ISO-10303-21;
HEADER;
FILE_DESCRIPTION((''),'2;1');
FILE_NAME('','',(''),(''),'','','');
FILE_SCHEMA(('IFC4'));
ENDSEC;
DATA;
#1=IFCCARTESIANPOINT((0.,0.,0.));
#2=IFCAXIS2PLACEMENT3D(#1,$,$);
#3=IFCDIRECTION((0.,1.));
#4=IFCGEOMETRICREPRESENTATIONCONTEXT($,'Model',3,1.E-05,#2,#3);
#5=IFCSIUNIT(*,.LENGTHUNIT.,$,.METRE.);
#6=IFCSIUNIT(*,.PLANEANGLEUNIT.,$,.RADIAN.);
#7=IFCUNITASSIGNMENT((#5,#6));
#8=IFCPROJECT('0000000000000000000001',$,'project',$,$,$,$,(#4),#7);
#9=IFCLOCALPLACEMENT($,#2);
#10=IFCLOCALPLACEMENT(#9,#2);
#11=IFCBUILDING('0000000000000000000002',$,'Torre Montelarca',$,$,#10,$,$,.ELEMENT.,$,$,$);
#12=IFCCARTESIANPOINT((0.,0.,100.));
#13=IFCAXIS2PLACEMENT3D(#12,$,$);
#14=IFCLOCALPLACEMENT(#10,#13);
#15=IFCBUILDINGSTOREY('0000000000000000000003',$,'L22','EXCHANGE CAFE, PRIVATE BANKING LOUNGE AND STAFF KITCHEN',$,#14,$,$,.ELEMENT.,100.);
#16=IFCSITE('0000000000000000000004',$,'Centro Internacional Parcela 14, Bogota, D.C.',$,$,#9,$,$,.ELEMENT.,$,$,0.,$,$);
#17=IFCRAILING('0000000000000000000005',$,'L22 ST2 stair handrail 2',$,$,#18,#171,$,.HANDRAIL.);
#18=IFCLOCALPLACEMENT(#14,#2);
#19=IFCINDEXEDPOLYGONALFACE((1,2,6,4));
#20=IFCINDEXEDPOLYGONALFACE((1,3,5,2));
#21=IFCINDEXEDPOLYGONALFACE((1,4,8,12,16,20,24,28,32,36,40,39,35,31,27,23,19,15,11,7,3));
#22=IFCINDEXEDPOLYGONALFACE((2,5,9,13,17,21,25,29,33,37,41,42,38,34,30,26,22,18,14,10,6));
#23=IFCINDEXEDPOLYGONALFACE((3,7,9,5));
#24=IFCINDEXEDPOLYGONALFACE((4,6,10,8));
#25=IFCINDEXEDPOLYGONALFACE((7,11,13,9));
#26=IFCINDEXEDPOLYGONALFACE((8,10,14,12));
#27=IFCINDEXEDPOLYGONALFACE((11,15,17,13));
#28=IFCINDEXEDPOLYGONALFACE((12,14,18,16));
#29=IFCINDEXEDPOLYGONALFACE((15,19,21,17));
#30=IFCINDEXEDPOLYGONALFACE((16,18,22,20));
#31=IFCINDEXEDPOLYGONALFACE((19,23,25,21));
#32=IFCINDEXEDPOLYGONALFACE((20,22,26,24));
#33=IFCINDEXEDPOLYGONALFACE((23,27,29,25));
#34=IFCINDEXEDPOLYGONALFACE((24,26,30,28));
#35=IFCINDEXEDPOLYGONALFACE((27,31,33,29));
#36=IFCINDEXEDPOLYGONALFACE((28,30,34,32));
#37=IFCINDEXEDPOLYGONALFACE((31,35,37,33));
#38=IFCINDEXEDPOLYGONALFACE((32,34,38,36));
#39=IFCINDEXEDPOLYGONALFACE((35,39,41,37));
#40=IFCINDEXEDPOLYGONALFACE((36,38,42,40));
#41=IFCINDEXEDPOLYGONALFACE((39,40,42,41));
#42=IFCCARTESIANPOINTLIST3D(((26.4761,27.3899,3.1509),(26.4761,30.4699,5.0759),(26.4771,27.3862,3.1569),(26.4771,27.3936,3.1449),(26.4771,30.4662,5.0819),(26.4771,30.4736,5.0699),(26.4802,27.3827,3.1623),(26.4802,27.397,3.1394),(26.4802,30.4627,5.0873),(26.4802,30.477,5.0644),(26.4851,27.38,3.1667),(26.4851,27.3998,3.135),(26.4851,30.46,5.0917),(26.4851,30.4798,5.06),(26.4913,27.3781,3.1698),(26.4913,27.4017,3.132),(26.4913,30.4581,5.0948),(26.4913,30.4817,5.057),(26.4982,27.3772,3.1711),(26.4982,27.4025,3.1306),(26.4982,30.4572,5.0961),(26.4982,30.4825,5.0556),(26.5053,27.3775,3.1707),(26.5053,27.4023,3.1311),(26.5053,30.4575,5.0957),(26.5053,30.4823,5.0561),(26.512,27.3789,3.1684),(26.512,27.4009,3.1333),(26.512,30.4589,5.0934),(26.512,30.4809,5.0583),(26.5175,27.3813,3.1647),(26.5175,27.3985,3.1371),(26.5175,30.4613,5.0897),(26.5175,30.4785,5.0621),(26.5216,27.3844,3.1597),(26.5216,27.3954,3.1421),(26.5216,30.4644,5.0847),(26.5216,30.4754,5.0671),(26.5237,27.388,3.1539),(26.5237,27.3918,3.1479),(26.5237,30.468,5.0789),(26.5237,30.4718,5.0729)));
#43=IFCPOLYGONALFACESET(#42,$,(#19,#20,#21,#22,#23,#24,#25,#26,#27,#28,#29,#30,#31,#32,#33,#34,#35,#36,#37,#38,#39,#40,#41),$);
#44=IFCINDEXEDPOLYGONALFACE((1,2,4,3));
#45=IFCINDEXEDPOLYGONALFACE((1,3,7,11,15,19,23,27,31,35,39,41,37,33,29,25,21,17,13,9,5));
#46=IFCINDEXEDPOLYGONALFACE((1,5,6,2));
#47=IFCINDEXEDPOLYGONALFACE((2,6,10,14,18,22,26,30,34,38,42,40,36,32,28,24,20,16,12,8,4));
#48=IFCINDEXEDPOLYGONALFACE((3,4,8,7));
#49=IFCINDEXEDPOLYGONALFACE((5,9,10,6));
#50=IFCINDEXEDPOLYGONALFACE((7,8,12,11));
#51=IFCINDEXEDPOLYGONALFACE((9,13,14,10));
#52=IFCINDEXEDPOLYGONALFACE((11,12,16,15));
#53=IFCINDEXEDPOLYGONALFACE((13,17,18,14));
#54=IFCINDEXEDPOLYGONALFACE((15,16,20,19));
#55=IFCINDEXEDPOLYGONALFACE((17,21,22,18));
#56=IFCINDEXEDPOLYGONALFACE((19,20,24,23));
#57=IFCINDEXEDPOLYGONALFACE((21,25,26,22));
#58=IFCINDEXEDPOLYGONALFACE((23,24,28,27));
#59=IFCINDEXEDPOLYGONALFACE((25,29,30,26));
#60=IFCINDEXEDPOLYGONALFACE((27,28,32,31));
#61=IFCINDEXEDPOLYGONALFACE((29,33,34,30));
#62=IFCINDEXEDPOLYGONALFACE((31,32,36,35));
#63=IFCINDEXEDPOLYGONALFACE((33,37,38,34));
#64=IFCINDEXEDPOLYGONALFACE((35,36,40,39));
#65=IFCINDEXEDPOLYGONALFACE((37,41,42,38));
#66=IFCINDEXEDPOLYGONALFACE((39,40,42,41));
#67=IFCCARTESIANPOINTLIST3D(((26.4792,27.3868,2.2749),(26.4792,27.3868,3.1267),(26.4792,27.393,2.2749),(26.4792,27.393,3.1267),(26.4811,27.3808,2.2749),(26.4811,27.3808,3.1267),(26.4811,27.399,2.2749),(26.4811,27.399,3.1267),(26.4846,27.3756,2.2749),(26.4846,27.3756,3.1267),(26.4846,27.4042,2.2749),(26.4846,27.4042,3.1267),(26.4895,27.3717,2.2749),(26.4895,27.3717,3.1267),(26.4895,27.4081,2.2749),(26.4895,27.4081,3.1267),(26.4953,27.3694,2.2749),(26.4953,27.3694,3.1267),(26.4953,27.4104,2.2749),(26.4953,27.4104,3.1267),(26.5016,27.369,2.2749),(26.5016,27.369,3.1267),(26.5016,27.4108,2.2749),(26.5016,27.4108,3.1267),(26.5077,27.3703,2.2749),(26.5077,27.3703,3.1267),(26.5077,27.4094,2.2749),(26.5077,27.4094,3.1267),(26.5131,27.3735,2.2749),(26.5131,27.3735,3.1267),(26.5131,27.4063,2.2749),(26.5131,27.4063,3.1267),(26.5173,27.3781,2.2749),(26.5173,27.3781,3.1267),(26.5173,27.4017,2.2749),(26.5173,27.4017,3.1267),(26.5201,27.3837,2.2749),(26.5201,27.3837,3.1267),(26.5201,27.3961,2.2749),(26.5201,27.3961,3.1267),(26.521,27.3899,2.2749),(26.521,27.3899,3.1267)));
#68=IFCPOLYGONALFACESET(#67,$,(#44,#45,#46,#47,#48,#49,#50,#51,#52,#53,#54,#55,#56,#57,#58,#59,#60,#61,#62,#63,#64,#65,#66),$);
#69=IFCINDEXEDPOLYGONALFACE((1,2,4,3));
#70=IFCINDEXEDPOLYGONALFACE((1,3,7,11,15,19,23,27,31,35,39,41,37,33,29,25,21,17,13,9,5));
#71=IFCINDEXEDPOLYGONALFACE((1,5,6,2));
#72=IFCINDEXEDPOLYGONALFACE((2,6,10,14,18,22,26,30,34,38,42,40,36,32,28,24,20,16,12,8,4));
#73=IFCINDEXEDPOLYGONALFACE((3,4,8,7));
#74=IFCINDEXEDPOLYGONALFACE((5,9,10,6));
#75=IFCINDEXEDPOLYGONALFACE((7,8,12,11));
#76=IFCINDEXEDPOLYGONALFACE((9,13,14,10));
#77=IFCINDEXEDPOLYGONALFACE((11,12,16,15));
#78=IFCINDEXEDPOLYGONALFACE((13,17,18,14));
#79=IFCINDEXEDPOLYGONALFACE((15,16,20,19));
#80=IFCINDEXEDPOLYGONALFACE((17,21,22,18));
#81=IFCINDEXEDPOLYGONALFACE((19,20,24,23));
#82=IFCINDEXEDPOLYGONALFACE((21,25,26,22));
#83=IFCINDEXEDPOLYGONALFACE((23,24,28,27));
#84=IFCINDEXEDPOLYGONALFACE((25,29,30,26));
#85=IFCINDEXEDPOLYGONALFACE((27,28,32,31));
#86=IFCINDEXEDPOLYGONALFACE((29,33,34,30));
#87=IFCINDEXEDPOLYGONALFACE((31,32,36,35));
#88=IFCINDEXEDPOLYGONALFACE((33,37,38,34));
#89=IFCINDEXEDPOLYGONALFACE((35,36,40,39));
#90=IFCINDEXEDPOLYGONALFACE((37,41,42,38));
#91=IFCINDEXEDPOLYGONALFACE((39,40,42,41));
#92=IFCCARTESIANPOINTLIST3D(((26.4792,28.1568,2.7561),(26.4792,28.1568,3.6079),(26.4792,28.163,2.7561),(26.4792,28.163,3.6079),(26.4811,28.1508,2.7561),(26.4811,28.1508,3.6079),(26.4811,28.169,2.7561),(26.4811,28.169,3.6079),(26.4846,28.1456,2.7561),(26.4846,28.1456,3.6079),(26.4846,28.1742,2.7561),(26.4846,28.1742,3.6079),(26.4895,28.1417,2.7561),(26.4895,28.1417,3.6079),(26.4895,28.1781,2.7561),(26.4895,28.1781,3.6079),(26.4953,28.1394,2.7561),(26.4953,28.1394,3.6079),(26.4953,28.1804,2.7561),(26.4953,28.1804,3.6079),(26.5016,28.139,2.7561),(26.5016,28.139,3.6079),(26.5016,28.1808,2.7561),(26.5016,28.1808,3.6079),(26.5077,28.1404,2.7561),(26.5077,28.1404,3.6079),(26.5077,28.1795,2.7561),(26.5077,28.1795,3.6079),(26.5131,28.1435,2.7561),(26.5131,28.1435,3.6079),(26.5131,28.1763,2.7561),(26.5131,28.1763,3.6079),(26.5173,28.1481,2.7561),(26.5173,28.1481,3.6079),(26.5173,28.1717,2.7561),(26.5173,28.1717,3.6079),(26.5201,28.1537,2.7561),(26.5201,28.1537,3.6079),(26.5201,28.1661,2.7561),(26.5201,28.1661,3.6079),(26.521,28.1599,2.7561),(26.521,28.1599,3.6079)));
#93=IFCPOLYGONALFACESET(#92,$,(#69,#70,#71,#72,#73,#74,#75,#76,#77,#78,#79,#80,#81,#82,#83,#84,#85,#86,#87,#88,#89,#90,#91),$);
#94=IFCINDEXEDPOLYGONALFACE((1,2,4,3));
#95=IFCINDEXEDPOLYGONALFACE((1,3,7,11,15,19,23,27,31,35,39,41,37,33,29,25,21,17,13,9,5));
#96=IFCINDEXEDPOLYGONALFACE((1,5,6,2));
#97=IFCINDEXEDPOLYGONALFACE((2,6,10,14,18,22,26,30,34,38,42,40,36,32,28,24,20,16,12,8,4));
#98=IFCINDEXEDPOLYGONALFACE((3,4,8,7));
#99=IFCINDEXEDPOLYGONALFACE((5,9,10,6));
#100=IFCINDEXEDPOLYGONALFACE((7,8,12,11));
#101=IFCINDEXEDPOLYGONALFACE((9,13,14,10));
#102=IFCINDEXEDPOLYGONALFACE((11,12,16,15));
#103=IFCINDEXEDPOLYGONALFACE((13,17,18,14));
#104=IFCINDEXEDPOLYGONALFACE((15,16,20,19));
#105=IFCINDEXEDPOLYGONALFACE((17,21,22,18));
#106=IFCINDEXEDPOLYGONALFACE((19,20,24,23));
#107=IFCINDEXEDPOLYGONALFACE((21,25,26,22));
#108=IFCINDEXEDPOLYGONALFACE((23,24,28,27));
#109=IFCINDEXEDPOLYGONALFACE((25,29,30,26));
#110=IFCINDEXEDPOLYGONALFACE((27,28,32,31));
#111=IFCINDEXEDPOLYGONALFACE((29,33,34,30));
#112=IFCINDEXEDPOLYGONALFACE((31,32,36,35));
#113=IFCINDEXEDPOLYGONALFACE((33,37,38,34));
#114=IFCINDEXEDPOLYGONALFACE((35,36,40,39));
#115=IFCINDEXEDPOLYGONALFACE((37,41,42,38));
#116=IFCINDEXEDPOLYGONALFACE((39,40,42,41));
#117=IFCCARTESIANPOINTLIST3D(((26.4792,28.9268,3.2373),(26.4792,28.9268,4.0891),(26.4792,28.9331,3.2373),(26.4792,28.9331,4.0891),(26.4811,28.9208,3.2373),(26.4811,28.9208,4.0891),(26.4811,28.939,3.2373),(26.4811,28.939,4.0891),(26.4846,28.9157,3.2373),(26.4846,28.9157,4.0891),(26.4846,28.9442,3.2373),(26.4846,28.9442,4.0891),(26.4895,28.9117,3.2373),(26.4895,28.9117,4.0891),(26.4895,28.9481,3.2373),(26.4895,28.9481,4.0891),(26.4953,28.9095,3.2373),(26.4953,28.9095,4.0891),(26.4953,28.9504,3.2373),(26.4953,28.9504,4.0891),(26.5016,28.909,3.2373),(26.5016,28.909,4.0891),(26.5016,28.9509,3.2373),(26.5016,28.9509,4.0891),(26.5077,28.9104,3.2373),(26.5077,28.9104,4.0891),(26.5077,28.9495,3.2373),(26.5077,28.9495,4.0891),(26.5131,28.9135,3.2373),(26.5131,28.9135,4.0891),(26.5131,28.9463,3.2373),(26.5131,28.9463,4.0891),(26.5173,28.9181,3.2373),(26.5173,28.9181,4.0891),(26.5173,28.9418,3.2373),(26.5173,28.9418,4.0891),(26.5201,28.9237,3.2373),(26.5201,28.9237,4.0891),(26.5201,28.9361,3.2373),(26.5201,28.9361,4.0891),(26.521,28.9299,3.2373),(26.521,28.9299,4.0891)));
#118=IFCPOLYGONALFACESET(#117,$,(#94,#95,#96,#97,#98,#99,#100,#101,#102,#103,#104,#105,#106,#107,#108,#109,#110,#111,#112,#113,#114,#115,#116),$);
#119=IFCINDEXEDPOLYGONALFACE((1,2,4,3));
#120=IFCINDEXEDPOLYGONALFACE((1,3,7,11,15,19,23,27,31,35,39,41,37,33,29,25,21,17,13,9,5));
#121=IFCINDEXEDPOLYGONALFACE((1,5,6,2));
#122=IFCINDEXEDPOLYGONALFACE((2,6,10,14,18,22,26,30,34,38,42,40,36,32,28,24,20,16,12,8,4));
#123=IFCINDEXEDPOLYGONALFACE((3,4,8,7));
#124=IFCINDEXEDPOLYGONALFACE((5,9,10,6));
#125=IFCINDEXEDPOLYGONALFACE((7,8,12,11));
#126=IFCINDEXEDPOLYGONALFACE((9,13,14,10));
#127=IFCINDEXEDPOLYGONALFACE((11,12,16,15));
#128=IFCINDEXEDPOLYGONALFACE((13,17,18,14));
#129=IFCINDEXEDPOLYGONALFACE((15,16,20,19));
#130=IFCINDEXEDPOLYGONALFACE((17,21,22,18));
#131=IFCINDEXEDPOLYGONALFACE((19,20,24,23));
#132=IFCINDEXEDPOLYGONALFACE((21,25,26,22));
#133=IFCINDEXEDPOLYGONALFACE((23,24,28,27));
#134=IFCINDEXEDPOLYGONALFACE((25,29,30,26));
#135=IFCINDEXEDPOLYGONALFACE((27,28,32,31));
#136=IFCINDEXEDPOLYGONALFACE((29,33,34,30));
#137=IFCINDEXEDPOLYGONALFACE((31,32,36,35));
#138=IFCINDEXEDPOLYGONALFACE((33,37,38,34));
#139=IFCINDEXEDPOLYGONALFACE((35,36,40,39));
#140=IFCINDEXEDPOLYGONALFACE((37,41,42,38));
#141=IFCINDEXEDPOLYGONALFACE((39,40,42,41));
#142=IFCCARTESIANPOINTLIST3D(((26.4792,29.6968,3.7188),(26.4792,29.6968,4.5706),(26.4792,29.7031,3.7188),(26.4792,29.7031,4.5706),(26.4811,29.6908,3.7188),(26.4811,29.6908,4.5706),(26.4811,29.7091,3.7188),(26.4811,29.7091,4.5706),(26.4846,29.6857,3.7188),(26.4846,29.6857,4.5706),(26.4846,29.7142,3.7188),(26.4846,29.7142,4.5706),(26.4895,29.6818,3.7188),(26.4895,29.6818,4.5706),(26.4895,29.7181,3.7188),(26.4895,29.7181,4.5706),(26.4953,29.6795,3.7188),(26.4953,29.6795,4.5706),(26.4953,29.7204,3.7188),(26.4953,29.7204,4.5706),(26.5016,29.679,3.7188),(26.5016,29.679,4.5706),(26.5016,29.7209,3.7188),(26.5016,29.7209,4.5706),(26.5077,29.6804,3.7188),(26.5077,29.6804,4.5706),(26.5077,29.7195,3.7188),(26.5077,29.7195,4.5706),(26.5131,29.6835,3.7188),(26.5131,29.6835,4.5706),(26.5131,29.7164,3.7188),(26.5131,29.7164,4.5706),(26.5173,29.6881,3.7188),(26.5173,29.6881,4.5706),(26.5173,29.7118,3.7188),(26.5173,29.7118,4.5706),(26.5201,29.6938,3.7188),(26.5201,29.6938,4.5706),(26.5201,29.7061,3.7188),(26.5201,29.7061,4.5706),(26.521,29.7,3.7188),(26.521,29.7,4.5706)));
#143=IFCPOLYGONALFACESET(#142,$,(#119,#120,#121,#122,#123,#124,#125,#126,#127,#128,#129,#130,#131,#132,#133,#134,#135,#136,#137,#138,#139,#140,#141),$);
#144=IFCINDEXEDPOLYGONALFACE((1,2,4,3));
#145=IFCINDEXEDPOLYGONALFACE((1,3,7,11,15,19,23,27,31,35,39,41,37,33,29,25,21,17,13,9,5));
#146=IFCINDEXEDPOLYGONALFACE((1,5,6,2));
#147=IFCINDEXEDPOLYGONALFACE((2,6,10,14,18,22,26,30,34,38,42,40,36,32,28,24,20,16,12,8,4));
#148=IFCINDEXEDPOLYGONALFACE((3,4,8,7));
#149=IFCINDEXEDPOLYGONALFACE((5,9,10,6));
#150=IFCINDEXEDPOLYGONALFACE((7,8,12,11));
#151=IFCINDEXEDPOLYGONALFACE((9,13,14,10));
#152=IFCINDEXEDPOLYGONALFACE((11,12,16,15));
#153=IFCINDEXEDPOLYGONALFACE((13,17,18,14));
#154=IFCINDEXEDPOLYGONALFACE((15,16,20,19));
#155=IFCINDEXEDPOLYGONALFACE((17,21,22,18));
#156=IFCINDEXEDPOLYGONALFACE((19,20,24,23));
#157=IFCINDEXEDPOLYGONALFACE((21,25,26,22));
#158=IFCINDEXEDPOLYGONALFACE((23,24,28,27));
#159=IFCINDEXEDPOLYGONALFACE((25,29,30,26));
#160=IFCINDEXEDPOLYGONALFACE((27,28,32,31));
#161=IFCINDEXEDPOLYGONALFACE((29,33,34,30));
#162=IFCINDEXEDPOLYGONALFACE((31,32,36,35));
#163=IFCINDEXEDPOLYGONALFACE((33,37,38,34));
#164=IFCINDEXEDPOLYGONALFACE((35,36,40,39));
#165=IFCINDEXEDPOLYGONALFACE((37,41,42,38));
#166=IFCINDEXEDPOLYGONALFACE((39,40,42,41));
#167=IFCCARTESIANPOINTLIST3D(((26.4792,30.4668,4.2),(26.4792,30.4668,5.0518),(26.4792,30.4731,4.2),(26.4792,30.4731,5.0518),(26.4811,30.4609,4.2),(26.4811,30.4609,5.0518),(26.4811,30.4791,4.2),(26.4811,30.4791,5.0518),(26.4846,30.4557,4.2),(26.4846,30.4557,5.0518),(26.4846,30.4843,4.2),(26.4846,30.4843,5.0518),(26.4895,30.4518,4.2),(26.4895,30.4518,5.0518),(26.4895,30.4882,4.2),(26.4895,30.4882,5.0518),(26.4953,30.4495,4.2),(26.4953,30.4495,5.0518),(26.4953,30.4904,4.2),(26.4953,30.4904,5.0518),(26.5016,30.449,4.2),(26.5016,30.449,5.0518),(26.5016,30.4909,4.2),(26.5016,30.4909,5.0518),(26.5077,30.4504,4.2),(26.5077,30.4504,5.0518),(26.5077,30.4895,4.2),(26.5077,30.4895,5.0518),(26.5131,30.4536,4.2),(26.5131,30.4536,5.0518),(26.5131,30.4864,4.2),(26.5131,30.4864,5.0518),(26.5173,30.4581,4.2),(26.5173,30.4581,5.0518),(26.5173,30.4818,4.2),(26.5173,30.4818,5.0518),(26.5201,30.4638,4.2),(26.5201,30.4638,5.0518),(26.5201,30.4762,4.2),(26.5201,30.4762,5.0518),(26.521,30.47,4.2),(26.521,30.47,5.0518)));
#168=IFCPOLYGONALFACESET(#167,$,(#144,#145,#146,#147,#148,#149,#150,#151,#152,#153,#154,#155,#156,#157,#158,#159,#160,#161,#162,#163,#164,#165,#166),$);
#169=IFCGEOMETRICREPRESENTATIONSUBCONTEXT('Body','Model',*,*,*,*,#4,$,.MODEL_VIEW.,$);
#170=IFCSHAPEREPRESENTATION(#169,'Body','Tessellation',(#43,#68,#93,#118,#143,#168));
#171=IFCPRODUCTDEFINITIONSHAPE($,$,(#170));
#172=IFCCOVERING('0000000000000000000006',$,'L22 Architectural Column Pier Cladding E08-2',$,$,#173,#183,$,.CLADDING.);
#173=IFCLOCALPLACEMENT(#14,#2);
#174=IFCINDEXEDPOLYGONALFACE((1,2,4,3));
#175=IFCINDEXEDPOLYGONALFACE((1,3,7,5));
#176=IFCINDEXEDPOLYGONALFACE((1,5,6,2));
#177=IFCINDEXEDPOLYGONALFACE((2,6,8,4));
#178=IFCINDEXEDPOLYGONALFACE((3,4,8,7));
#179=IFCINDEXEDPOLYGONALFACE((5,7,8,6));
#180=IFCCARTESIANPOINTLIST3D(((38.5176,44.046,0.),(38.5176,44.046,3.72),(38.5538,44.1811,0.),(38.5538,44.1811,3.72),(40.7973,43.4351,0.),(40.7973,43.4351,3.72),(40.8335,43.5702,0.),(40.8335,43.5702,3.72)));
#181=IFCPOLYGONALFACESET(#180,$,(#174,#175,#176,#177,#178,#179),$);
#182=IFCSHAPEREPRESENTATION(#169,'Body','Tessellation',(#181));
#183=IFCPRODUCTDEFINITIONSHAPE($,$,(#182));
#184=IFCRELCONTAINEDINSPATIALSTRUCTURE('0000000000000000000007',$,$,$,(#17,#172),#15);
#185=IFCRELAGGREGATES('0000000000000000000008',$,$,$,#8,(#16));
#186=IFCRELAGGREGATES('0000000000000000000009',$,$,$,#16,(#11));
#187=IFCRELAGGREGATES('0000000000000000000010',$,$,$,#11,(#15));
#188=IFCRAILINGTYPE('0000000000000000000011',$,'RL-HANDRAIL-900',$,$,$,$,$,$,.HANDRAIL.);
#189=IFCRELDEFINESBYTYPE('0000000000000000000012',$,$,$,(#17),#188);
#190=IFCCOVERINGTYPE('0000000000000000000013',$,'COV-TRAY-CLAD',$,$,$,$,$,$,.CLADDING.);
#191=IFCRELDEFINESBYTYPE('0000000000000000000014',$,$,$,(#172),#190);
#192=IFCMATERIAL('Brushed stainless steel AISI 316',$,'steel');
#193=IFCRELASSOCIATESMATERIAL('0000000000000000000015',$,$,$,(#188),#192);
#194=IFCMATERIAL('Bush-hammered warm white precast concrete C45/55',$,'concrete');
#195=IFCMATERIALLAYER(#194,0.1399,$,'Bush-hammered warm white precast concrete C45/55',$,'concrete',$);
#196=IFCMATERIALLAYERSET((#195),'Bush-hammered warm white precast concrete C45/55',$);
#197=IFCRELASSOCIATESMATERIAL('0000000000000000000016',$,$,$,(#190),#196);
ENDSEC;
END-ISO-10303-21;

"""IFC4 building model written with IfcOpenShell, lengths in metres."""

from ifc_helpers import new_model, si_unit, direction, frame, origin, origin_2d, place, context, subcontext, project, spatial, rectangle, circle, extrude, source, transform, mapped, material, layer, layer_set, type_object, element, save


model = new_model("IFC4")

# Units and contexts
model_context = context("Model", 3, precision=1e-05, world=origin(), true_north=direction((0.0, 1.0)))
body_context = subcontext(model_context, "Body", "Model", "MODEL_VIEW")
ifc_project = project(units=[si_unit("LENGTHUNIT", "METRE"), si_unit("PLANEANGLEUNIT", "RADIAN")], contexts=[model_context])

# Site, building, storey
site_placement = place(None, origin())
site = spatial("IfcSite", under=ifc_project, at=site_placement, Name="Centro Internacional Parcela 14, Bogota, D.C.", CompositionType="ELEMENT", RefElevation=0.0)
building_placement = place(site_placement, origin())
building = spatial("IfcBuilding", under=site, at=building_placement, Name="Torre Montelarca", CompositionType="ELEMENT")
storey_placement = place(building_placement, frame((0.0, 0.0, 100.0)))
storey = spatial("IfcBuildingStorey", under=building, at=storey_placement, Name="L22", Description="EXCHANGE CAFE, PRIVATE BANKING LOUNGE AND STAFF KITCHEN", CompositionType="ELEMENT", Elevation=100.0)

# Railing
ifc_material_1 = material(Name="Brushed stainless steel AISI 316", Category="steel")
railing_type_1 = type_object("IfcRailingType", Name="RL-HANDRAIL-900", PredefinedType="HANDRAIL", material=ifc_material_1)
railing_1_placement = place(storey_placement, frame((26.5, 27.3899, 2.2749)))
element("IfcRailing", 1, at=railing_1_placement, inside=storey, type_object=railing_type_1, Name="L22 ST2 stair handrail 2", PredefinedType="HANDRAIL", context=body_context, shape_type="SweptSolid", body=[
    extrude(circle(Radius=0.0239, at=origin_2d()), frame((0.0, 0.0, 0.876), z_axis=(0.0, 0.847998, 0.529999), x_axis=(-1.0, 0.0, 0.0)), (0.0, 0.0, 1.0), 3.6321),
    extrude(circle(Radius=0.021, at=origin_2d()), origin(), (0.0, 0.0, 1.0), 0.8518),
    extrude(circle(Radius=0.021, at=origin_2d()), frame((0.0, 0.77, 0.4812)), (0.0, 0.0, 1.0), 0.8518),
    extrude(circle(Radius=0.021, at=origin_2d()), frame((0.0, 1.54, 0.9624)), (0.0, 0.0, 1.0), 0.8518),
    extrude(circle(Radius=0.021, at=origin_2d()), frame((0.0, 2.3101, 1.4438)), (0.0, 0.0, 1.0), 0.8518),
    extrude(circle(Radius=0.021, at=origin_2d()), frame((0.0, 3.0801, 1.925)), (0.0, 0.0, 1.0), 0.8518),
])

# Covering
ifc_material_2 = material(Name="Bush-hammered warm white precast concrete C45/55", Category="concrete")
ifc_layer_1 = layer(ifc_material_2, 0.1399, Name="Bush-hammered warm white precast concrete C45/55", Category="concrete")
ifc_layer_set_1 = layer_set([ifc_layer_1], Name="Bush-hammered warm white precast concrete C45/55")
covering_type = type_object("IfcCoveringType", Name="COV-TRAY-CLAD", PredefinedType="CLADDING", material=ifc_layer_set_1)
shared_shape_1 = source(origin(), body_context, "Body", "SweptSolid", [
    extrude(rectangle(XDim=2.3601, YDim=0.1399, at=origin_2d()), origin(), (0.0, 0.0, 1.0), 3.72),
])
covering_placement = place(storey_placement, frame((39.6755, 43.8081, 0.0), z_axis=(0.0, 0.0, 1.0), x_axis=(-0.965925, 0.258821, 0.0)))
element("IfcCovering", 2, at=covering_placement, inside=storey, type_object=covering_type, Name="L22 Architectural Column Pier Cladding E08-2", PredefinedType="CLADDING", context=body_context, shape_type="MappedRepresentation", body=[
    mapped(shared_shape_1, transform((0.0, 0.0, 0.0), scale=1.0)),
])

save(model, "model.ifc")
